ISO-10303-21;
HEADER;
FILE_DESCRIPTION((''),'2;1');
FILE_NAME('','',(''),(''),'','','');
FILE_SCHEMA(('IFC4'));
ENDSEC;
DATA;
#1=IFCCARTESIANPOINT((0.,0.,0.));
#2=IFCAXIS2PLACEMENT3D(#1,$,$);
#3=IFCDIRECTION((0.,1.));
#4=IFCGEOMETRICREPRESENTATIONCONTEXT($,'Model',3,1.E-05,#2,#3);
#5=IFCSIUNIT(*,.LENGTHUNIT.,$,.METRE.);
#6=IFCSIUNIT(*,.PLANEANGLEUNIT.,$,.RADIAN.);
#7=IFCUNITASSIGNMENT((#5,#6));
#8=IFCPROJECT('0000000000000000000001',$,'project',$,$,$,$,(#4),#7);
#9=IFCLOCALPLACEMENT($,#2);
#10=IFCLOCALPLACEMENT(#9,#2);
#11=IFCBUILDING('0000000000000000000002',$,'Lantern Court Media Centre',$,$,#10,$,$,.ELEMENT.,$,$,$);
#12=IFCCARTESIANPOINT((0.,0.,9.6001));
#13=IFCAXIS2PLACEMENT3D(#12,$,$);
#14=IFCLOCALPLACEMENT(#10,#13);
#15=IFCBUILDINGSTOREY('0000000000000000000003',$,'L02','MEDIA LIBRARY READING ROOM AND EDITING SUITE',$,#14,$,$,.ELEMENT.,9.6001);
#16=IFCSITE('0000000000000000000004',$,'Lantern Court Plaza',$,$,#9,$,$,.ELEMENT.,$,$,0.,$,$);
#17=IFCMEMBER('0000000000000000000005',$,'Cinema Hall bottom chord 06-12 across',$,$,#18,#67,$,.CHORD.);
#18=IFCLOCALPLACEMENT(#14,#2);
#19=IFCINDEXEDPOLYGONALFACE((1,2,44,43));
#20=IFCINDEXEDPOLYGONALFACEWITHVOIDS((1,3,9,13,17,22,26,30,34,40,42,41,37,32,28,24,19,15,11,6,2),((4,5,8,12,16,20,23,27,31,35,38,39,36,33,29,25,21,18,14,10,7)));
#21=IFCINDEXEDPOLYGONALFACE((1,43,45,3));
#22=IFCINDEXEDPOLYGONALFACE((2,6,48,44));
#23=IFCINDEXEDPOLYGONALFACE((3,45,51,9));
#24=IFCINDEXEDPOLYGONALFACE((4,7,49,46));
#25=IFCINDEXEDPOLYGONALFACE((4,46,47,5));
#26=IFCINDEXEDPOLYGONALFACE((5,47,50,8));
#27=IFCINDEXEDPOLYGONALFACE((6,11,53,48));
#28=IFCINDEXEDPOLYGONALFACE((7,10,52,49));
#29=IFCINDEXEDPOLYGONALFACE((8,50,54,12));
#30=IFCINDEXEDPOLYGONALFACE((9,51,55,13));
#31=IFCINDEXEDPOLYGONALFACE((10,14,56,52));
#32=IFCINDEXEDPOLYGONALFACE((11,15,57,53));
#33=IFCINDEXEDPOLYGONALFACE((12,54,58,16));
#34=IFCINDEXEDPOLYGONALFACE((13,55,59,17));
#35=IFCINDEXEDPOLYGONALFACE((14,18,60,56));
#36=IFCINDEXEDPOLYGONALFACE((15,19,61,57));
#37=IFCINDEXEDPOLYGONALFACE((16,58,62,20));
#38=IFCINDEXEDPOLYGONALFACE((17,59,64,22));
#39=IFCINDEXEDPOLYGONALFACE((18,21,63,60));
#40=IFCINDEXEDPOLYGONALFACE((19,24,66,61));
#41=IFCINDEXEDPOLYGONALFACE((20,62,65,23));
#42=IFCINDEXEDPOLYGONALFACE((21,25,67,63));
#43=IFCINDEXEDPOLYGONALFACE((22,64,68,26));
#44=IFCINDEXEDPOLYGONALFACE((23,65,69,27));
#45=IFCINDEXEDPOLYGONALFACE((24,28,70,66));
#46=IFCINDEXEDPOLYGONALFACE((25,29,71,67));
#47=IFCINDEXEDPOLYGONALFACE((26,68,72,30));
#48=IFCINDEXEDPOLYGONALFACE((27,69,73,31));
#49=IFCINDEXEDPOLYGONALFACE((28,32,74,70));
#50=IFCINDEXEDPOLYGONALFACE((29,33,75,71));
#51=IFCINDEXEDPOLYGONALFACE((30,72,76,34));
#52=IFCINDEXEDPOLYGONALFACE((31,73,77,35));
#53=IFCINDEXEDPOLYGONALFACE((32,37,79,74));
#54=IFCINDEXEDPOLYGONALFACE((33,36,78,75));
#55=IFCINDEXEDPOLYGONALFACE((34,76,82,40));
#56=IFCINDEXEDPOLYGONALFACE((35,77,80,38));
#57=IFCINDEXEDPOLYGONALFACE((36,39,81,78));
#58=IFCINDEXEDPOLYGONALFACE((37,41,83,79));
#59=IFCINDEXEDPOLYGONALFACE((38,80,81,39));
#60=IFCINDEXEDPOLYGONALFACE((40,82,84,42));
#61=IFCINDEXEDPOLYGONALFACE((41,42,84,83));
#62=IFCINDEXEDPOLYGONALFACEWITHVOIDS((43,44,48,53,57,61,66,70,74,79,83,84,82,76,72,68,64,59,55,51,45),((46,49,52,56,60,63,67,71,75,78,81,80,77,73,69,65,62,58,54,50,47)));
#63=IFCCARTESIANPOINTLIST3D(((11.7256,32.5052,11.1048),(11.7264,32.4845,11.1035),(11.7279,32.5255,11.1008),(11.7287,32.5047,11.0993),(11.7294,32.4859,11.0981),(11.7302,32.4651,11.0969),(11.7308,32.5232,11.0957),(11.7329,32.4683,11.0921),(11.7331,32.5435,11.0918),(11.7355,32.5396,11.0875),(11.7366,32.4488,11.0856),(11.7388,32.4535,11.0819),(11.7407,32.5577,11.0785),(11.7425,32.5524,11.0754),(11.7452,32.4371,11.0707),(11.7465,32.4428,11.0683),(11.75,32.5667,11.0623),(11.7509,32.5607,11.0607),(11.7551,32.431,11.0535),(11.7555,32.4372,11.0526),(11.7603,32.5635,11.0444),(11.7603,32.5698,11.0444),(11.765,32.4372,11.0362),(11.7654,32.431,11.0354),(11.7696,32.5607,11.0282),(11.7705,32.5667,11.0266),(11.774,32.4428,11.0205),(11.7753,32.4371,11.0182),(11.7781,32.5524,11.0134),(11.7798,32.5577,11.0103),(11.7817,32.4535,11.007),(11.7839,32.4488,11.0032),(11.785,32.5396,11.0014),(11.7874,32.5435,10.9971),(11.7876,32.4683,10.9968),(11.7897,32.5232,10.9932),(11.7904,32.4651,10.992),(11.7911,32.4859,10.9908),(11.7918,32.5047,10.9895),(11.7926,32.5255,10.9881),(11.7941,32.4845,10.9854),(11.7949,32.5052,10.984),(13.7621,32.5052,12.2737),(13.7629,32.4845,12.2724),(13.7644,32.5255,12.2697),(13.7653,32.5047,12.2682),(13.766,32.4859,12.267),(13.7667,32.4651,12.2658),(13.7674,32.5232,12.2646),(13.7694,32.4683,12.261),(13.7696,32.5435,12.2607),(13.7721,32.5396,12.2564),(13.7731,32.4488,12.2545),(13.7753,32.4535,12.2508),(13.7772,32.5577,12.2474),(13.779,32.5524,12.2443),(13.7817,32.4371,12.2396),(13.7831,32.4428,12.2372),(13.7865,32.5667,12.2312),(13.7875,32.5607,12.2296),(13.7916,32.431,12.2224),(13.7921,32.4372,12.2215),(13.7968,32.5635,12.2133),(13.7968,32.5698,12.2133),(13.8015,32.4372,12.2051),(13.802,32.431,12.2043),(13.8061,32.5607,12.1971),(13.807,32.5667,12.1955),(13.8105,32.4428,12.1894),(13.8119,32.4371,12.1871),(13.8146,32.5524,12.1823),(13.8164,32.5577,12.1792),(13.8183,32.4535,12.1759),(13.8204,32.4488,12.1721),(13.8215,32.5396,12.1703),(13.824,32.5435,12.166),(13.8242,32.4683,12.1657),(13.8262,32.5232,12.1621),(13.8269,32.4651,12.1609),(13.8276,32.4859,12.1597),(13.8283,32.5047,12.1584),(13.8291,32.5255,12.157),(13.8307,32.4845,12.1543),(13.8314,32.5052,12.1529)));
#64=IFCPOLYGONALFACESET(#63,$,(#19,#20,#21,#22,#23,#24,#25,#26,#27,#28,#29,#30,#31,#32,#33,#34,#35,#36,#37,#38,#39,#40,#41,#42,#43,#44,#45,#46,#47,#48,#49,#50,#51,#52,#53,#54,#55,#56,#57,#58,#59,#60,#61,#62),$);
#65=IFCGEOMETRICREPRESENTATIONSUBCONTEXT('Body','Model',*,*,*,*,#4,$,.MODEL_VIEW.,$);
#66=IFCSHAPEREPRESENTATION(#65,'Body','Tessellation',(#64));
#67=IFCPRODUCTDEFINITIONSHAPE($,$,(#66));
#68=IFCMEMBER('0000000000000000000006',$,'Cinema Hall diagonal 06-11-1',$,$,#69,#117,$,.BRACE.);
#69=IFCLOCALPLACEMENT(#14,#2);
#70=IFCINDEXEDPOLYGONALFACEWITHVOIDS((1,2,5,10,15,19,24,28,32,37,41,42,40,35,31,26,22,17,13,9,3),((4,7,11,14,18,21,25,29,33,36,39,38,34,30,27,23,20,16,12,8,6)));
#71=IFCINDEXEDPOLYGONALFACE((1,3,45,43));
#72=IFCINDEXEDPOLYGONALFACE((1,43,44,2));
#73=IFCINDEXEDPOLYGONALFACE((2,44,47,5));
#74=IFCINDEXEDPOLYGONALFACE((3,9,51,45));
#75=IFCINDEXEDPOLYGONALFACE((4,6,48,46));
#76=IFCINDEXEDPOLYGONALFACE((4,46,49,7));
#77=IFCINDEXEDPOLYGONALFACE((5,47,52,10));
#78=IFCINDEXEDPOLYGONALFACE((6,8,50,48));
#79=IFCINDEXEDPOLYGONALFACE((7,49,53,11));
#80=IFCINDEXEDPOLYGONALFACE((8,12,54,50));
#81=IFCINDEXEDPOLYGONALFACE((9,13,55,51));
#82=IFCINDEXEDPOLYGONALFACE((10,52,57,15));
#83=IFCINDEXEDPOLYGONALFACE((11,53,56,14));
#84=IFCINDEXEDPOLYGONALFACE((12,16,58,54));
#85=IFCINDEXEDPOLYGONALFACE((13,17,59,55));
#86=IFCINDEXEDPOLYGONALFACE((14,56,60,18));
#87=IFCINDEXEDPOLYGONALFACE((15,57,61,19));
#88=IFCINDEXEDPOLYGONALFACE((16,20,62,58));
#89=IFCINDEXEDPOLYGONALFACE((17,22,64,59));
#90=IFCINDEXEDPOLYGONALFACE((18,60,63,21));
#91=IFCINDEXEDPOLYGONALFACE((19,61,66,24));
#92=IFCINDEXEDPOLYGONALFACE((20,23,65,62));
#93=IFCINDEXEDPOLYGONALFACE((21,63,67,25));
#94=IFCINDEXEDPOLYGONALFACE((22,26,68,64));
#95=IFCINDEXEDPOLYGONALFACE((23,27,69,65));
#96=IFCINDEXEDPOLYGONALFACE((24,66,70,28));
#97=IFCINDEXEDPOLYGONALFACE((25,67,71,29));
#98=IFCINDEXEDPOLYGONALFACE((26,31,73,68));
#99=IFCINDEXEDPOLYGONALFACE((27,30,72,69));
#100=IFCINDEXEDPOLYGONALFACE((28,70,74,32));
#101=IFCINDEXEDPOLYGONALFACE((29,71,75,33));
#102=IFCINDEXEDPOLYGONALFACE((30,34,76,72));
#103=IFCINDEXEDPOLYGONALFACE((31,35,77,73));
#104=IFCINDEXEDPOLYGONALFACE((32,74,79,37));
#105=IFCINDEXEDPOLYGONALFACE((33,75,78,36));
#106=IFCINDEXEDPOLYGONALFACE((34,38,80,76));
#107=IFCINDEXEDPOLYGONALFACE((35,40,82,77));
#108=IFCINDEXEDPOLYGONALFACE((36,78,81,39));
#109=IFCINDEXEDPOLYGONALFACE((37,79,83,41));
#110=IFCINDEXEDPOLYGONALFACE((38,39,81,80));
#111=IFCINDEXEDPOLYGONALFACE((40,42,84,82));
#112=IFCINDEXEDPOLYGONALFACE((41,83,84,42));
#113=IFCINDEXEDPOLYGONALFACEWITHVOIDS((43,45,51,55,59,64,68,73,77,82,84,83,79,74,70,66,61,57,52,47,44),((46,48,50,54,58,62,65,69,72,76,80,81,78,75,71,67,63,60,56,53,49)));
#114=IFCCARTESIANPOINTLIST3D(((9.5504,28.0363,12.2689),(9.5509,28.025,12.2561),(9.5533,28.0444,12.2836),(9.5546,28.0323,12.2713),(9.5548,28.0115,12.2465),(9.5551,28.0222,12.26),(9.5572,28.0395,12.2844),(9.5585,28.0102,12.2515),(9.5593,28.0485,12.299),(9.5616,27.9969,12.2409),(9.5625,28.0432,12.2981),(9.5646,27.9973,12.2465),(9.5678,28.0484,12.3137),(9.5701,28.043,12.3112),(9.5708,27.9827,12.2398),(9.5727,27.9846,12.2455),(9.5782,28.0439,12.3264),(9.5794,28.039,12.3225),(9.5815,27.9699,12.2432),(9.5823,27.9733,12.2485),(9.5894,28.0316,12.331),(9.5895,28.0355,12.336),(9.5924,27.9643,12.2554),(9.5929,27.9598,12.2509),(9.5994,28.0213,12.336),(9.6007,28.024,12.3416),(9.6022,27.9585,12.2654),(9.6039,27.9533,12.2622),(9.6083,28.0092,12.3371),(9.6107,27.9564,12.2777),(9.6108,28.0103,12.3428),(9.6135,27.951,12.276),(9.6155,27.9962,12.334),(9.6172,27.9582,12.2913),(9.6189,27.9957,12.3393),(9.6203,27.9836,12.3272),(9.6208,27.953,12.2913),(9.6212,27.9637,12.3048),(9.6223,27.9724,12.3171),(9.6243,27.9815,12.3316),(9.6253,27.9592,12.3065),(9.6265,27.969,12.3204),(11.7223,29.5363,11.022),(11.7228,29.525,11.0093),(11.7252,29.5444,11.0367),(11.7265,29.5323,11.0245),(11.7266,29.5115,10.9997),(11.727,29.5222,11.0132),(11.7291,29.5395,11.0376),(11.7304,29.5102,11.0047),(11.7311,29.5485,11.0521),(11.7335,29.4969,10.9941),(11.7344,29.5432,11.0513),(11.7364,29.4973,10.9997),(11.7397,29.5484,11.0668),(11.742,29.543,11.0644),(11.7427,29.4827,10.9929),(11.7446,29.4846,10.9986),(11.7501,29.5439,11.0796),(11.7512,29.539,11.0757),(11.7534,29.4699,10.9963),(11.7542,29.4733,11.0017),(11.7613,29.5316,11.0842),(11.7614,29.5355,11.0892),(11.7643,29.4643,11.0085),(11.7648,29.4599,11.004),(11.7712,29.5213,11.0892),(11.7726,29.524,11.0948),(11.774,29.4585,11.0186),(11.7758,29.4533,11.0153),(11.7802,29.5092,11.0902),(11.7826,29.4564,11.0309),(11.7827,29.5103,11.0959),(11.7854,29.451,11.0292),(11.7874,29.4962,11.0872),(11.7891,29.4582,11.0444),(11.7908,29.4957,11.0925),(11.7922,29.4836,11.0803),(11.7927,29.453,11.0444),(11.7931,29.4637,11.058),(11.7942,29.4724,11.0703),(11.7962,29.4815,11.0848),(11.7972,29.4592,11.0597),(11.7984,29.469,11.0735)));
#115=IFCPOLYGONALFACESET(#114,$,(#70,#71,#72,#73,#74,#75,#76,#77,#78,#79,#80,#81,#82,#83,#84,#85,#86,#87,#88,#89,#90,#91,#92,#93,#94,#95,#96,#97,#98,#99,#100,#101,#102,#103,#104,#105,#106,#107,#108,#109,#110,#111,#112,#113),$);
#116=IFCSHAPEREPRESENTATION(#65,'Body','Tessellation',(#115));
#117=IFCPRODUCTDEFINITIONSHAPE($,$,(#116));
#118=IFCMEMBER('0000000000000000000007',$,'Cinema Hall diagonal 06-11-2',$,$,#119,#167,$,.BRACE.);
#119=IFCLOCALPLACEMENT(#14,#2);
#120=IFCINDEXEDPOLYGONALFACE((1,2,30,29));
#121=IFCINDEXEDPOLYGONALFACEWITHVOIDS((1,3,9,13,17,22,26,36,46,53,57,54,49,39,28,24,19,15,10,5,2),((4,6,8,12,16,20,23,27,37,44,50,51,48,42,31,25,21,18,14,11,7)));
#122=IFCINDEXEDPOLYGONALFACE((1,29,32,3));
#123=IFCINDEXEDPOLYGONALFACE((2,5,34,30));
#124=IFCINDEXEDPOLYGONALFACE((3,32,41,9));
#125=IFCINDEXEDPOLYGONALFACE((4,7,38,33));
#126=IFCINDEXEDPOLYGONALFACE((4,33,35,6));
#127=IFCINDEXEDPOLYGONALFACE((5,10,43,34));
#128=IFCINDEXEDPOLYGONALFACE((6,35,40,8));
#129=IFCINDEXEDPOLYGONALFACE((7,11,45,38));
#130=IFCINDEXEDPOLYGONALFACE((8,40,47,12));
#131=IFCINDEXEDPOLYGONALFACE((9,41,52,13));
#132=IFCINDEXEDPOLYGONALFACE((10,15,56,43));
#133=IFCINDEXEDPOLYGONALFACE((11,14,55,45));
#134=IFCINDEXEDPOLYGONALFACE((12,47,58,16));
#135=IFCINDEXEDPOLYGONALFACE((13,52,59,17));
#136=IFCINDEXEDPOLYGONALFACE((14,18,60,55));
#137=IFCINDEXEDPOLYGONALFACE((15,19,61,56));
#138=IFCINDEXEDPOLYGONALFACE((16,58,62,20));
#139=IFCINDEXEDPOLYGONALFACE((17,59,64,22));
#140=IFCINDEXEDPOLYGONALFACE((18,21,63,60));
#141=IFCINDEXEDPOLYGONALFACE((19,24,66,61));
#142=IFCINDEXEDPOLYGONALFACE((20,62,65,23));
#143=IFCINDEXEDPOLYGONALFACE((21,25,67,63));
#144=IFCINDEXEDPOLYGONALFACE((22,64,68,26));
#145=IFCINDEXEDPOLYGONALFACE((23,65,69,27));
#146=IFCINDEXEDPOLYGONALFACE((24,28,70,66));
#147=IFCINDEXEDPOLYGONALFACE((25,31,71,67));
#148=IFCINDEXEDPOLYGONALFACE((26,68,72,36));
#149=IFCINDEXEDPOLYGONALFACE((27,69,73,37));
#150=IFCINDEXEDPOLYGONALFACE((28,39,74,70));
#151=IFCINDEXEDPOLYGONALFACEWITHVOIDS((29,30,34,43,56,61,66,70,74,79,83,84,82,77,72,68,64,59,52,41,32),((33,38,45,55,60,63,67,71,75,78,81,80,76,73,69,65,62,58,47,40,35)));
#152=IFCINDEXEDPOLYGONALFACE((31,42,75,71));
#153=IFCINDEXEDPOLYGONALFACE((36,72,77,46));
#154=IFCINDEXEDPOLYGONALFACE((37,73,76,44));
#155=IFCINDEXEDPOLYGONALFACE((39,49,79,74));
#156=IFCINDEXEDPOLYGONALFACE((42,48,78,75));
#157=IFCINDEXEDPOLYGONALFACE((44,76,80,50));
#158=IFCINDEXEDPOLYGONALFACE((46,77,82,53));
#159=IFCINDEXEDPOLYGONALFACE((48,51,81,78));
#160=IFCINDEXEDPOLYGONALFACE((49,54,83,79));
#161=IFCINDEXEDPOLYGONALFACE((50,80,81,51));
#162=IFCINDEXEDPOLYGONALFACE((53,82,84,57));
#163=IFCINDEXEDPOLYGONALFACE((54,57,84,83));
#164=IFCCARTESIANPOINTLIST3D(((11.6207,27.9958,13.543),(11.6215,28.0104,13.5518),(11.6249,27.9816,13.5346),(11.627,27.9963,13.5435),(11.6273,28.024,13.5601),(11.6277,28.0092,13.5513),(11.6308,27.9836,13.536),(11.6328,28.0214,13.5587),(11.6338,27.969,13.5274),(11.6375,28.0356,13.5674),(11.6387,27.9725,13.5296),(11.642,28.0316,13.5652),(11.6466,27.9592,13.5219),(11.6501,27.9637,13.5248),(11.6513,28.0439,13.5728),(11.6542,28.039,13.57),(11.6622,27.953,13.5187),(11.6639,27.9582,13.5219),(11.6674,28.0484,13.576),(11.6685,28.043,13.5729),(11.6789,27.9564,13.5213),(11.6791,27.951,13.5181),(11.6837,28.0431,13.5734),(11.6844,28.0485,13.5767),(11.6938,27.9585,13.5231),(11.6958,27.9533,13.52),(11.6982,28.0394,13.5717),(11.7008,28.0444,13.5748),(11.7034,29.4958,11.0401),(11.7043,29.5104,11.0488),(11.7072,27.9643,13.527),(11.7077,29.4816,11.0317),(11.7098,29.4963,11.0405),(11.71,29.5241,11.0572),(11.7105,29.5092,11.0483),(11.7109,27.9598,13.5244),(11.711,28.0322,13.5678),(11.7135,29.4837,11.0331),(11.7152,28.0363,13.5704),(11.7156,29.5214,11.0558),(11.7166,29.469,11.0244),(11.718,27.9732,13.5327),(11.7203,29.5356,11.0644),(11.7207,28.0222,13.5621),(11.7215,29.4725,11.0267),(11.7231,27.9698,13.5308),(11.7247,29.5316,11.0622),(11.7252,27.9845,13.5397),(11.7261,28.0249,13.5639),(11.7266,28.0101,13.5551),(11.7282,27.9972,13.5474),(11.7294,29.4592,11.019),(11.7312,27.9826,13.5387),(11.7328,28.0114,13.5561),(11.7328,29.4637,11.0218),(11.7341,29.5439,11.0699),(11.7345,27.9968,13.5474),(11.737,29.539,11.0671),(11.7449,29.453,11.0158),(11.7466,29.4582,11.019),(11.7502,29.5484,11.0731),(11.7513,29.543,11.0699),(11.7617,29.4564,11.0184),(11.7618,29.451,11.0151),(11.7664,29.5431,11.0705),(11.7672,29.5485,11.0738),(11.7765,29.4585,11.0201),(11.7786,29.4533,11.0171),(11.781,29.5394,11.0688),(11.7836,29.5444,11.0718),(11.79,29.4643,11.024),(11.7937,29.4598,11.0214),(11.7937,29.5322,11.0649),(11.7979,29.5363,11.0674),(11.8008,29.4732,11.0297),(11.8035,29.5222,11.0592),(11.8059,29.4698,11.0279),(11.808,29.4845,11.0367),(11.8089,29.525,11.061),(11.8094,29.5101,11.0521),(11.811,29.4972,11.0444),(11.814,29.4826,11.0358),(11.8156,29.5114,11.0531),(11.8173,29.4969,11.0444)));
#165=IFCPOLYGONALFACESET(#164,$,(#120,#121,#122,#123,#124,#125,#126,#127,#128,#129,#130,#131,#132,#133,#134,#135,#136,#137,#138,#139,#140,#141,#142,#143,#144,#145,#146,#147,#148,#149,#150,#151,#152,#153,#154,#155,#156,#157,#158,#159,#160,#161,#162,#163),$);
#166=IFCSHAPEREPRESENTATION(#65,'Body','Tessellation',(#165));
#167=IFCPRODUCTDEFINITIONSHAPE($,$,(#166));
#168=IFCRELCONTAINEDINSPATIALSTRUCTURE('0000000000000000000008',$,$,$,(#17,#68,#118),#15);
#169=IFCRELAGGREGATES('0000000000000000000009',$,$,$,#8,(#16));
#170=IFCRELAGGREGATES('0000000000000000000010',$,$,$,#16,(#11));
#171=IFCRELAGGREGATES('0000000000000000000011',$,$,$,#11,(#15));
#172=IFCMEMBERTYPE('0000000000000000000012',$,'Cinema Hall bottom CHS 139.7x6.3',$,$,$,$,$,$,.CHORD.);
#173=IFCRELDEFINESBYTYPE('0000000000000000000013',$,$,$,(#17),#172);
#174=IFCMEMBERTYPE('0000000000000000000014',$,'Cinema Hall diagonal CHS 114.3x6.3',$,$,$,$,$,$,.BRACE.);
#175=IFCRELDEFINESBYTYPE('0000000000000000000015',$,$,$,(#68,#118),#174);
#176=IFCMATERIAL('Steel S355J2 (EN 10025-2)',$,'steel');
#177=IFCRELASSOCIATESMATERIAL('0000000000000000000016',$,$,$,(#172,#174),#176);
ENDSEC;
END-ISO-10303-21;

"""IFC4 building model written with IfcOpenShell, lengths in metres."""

from ifc_helpers import new_model, si_unit, direction, frame, origin, origin_2d, place, context, subcontext, project, spatial, hollow_circle, extrude, material, material_profile, profile_set, type_object, element, save


model = new_model("IFC4")

# Units and contexts
model_context = context("Model", 3, precision=1e-05, world=origin(), true_north=direction((0.0, 1.0)))
body_context = subcontext(model_context, "Body", "Model", "MODEL_VIEW")
ifc_project = project(units=[si_unit("LENGTHUNIT", "METRE"), si_unit("PLANEANGLEUNIT", "RADIAN")], contexts=[model_context])

# Site, building, storey
site_placement = place(None, origin())
site = spatial("IfcSite", under=ifc_project, at=site_placement, Name="Lantern Court Plaza", CompositionType="ELEMENT", RefElevation=0.0)
building_placement = place(site_placement, origin())
building = spatial("IfcBuilding", under=site, at=building_placement, Name="Lantern Court Media Centre", CompositionType="ELEMENT")
storey_placement = place(building_placement, frame((0.0, 0.0, 9.6001)))
storey = spatial("IfcBuildingStorey", under=building, at=storey_placement, Name="L02", Description="MEDIA LIBRARY READING ROOM AND EDITING SUITE", CompositionType="ELEMENT", Elevation=9.6001)

# Members
ifc_material = material(Name="Steel S355J2 (EN 10025-2)", Category="steel")
ifc_material_profile_1 = material_profile(ifc_material, hollow_circle(Radius=0.0698, WallThickness=0.0063, at=origin_2d()), Name="Cinema Hall bottom CHS 139.7x6.3")
ifc_profile_set_1 = profile_set([ifc_material_profile_1], Name="Steel S355J2 (EN 10025-2)")
member_type_1 = type_object("IfcMemberType", Name="Cinema Hall bottom CHS 139.7x6.3", PredefinedType="CHORD", material=ifc_profile_set_1)
member_1_placement = place(storey_placement, frame((11.7603, 32.5, 11.0444), z_axis=(0.867295, 0.0, 0.497795), x_axis=(0.0, 1.0, 0.0)))
element("IfcMember", 1, at=member_1_placement, inside=storey, type_object=member_type_1, Name="Cinema Hall bottom chord 06-12 across", PredefinedType="CHORD", context=body_context, shape_type="SweptSolid", body=[
    extrude(hollow_circle(Radius=0.0698, WallThickness=0.0063, at=origin_2d()), origin(), (0.0, 0.0, 1.0), 2.3481),
])
ifc_material_profile_2 = material_profile(ifc_material, hollow_circle(Radius=0.0571, WallThickness=0.0063, at=origin_2d()), Name="Cinema Hall diagonal CHS 114.3x6.3")
ifc_profile_set_2 = profile_set([ifc_material_profile_2], Name="Steel S355J2 (EN 10025-2)")
member_type_2 = type_object("IfcMemberType", Name="Cinema Hall diagonal CHS 114.3x6.3", PredefinedType="BRACE", material=ifc_profile_set_2)
for number, where, z_axis, x_axis, name in (
    (2, (11.7603, 29.5, 11.0444), (-0.744002, -0.513843, 0.427115), (0.568286, -0.822831, 0.0), "Cinema Hall diagonal 06-11-1"),
    (3, (11.7603, 29.5, 11.0444), (-0.028352, -0.513846, 0.857414), (0.998481, -0.055092, 0.0), "Cinema Hall diagonal 06-11-2"),
):
    element("IfcMember", number, at=place(storey_placement, frame(where, z_axis=z_axis, x_axis=x_axis)), inside=storey, type_object=member_type_2, Name=name, PredefinedType="BRACE", context=body_context, shape_type="SweptSolid", body=[
        extrude(hollow_circle(Radius=0.0571, WallThickness=0.0063, at=origin_2d()), origin(), (0.0, 0.0, 1.0), 2.9192),
    ])

save(model, "model.ifc")
